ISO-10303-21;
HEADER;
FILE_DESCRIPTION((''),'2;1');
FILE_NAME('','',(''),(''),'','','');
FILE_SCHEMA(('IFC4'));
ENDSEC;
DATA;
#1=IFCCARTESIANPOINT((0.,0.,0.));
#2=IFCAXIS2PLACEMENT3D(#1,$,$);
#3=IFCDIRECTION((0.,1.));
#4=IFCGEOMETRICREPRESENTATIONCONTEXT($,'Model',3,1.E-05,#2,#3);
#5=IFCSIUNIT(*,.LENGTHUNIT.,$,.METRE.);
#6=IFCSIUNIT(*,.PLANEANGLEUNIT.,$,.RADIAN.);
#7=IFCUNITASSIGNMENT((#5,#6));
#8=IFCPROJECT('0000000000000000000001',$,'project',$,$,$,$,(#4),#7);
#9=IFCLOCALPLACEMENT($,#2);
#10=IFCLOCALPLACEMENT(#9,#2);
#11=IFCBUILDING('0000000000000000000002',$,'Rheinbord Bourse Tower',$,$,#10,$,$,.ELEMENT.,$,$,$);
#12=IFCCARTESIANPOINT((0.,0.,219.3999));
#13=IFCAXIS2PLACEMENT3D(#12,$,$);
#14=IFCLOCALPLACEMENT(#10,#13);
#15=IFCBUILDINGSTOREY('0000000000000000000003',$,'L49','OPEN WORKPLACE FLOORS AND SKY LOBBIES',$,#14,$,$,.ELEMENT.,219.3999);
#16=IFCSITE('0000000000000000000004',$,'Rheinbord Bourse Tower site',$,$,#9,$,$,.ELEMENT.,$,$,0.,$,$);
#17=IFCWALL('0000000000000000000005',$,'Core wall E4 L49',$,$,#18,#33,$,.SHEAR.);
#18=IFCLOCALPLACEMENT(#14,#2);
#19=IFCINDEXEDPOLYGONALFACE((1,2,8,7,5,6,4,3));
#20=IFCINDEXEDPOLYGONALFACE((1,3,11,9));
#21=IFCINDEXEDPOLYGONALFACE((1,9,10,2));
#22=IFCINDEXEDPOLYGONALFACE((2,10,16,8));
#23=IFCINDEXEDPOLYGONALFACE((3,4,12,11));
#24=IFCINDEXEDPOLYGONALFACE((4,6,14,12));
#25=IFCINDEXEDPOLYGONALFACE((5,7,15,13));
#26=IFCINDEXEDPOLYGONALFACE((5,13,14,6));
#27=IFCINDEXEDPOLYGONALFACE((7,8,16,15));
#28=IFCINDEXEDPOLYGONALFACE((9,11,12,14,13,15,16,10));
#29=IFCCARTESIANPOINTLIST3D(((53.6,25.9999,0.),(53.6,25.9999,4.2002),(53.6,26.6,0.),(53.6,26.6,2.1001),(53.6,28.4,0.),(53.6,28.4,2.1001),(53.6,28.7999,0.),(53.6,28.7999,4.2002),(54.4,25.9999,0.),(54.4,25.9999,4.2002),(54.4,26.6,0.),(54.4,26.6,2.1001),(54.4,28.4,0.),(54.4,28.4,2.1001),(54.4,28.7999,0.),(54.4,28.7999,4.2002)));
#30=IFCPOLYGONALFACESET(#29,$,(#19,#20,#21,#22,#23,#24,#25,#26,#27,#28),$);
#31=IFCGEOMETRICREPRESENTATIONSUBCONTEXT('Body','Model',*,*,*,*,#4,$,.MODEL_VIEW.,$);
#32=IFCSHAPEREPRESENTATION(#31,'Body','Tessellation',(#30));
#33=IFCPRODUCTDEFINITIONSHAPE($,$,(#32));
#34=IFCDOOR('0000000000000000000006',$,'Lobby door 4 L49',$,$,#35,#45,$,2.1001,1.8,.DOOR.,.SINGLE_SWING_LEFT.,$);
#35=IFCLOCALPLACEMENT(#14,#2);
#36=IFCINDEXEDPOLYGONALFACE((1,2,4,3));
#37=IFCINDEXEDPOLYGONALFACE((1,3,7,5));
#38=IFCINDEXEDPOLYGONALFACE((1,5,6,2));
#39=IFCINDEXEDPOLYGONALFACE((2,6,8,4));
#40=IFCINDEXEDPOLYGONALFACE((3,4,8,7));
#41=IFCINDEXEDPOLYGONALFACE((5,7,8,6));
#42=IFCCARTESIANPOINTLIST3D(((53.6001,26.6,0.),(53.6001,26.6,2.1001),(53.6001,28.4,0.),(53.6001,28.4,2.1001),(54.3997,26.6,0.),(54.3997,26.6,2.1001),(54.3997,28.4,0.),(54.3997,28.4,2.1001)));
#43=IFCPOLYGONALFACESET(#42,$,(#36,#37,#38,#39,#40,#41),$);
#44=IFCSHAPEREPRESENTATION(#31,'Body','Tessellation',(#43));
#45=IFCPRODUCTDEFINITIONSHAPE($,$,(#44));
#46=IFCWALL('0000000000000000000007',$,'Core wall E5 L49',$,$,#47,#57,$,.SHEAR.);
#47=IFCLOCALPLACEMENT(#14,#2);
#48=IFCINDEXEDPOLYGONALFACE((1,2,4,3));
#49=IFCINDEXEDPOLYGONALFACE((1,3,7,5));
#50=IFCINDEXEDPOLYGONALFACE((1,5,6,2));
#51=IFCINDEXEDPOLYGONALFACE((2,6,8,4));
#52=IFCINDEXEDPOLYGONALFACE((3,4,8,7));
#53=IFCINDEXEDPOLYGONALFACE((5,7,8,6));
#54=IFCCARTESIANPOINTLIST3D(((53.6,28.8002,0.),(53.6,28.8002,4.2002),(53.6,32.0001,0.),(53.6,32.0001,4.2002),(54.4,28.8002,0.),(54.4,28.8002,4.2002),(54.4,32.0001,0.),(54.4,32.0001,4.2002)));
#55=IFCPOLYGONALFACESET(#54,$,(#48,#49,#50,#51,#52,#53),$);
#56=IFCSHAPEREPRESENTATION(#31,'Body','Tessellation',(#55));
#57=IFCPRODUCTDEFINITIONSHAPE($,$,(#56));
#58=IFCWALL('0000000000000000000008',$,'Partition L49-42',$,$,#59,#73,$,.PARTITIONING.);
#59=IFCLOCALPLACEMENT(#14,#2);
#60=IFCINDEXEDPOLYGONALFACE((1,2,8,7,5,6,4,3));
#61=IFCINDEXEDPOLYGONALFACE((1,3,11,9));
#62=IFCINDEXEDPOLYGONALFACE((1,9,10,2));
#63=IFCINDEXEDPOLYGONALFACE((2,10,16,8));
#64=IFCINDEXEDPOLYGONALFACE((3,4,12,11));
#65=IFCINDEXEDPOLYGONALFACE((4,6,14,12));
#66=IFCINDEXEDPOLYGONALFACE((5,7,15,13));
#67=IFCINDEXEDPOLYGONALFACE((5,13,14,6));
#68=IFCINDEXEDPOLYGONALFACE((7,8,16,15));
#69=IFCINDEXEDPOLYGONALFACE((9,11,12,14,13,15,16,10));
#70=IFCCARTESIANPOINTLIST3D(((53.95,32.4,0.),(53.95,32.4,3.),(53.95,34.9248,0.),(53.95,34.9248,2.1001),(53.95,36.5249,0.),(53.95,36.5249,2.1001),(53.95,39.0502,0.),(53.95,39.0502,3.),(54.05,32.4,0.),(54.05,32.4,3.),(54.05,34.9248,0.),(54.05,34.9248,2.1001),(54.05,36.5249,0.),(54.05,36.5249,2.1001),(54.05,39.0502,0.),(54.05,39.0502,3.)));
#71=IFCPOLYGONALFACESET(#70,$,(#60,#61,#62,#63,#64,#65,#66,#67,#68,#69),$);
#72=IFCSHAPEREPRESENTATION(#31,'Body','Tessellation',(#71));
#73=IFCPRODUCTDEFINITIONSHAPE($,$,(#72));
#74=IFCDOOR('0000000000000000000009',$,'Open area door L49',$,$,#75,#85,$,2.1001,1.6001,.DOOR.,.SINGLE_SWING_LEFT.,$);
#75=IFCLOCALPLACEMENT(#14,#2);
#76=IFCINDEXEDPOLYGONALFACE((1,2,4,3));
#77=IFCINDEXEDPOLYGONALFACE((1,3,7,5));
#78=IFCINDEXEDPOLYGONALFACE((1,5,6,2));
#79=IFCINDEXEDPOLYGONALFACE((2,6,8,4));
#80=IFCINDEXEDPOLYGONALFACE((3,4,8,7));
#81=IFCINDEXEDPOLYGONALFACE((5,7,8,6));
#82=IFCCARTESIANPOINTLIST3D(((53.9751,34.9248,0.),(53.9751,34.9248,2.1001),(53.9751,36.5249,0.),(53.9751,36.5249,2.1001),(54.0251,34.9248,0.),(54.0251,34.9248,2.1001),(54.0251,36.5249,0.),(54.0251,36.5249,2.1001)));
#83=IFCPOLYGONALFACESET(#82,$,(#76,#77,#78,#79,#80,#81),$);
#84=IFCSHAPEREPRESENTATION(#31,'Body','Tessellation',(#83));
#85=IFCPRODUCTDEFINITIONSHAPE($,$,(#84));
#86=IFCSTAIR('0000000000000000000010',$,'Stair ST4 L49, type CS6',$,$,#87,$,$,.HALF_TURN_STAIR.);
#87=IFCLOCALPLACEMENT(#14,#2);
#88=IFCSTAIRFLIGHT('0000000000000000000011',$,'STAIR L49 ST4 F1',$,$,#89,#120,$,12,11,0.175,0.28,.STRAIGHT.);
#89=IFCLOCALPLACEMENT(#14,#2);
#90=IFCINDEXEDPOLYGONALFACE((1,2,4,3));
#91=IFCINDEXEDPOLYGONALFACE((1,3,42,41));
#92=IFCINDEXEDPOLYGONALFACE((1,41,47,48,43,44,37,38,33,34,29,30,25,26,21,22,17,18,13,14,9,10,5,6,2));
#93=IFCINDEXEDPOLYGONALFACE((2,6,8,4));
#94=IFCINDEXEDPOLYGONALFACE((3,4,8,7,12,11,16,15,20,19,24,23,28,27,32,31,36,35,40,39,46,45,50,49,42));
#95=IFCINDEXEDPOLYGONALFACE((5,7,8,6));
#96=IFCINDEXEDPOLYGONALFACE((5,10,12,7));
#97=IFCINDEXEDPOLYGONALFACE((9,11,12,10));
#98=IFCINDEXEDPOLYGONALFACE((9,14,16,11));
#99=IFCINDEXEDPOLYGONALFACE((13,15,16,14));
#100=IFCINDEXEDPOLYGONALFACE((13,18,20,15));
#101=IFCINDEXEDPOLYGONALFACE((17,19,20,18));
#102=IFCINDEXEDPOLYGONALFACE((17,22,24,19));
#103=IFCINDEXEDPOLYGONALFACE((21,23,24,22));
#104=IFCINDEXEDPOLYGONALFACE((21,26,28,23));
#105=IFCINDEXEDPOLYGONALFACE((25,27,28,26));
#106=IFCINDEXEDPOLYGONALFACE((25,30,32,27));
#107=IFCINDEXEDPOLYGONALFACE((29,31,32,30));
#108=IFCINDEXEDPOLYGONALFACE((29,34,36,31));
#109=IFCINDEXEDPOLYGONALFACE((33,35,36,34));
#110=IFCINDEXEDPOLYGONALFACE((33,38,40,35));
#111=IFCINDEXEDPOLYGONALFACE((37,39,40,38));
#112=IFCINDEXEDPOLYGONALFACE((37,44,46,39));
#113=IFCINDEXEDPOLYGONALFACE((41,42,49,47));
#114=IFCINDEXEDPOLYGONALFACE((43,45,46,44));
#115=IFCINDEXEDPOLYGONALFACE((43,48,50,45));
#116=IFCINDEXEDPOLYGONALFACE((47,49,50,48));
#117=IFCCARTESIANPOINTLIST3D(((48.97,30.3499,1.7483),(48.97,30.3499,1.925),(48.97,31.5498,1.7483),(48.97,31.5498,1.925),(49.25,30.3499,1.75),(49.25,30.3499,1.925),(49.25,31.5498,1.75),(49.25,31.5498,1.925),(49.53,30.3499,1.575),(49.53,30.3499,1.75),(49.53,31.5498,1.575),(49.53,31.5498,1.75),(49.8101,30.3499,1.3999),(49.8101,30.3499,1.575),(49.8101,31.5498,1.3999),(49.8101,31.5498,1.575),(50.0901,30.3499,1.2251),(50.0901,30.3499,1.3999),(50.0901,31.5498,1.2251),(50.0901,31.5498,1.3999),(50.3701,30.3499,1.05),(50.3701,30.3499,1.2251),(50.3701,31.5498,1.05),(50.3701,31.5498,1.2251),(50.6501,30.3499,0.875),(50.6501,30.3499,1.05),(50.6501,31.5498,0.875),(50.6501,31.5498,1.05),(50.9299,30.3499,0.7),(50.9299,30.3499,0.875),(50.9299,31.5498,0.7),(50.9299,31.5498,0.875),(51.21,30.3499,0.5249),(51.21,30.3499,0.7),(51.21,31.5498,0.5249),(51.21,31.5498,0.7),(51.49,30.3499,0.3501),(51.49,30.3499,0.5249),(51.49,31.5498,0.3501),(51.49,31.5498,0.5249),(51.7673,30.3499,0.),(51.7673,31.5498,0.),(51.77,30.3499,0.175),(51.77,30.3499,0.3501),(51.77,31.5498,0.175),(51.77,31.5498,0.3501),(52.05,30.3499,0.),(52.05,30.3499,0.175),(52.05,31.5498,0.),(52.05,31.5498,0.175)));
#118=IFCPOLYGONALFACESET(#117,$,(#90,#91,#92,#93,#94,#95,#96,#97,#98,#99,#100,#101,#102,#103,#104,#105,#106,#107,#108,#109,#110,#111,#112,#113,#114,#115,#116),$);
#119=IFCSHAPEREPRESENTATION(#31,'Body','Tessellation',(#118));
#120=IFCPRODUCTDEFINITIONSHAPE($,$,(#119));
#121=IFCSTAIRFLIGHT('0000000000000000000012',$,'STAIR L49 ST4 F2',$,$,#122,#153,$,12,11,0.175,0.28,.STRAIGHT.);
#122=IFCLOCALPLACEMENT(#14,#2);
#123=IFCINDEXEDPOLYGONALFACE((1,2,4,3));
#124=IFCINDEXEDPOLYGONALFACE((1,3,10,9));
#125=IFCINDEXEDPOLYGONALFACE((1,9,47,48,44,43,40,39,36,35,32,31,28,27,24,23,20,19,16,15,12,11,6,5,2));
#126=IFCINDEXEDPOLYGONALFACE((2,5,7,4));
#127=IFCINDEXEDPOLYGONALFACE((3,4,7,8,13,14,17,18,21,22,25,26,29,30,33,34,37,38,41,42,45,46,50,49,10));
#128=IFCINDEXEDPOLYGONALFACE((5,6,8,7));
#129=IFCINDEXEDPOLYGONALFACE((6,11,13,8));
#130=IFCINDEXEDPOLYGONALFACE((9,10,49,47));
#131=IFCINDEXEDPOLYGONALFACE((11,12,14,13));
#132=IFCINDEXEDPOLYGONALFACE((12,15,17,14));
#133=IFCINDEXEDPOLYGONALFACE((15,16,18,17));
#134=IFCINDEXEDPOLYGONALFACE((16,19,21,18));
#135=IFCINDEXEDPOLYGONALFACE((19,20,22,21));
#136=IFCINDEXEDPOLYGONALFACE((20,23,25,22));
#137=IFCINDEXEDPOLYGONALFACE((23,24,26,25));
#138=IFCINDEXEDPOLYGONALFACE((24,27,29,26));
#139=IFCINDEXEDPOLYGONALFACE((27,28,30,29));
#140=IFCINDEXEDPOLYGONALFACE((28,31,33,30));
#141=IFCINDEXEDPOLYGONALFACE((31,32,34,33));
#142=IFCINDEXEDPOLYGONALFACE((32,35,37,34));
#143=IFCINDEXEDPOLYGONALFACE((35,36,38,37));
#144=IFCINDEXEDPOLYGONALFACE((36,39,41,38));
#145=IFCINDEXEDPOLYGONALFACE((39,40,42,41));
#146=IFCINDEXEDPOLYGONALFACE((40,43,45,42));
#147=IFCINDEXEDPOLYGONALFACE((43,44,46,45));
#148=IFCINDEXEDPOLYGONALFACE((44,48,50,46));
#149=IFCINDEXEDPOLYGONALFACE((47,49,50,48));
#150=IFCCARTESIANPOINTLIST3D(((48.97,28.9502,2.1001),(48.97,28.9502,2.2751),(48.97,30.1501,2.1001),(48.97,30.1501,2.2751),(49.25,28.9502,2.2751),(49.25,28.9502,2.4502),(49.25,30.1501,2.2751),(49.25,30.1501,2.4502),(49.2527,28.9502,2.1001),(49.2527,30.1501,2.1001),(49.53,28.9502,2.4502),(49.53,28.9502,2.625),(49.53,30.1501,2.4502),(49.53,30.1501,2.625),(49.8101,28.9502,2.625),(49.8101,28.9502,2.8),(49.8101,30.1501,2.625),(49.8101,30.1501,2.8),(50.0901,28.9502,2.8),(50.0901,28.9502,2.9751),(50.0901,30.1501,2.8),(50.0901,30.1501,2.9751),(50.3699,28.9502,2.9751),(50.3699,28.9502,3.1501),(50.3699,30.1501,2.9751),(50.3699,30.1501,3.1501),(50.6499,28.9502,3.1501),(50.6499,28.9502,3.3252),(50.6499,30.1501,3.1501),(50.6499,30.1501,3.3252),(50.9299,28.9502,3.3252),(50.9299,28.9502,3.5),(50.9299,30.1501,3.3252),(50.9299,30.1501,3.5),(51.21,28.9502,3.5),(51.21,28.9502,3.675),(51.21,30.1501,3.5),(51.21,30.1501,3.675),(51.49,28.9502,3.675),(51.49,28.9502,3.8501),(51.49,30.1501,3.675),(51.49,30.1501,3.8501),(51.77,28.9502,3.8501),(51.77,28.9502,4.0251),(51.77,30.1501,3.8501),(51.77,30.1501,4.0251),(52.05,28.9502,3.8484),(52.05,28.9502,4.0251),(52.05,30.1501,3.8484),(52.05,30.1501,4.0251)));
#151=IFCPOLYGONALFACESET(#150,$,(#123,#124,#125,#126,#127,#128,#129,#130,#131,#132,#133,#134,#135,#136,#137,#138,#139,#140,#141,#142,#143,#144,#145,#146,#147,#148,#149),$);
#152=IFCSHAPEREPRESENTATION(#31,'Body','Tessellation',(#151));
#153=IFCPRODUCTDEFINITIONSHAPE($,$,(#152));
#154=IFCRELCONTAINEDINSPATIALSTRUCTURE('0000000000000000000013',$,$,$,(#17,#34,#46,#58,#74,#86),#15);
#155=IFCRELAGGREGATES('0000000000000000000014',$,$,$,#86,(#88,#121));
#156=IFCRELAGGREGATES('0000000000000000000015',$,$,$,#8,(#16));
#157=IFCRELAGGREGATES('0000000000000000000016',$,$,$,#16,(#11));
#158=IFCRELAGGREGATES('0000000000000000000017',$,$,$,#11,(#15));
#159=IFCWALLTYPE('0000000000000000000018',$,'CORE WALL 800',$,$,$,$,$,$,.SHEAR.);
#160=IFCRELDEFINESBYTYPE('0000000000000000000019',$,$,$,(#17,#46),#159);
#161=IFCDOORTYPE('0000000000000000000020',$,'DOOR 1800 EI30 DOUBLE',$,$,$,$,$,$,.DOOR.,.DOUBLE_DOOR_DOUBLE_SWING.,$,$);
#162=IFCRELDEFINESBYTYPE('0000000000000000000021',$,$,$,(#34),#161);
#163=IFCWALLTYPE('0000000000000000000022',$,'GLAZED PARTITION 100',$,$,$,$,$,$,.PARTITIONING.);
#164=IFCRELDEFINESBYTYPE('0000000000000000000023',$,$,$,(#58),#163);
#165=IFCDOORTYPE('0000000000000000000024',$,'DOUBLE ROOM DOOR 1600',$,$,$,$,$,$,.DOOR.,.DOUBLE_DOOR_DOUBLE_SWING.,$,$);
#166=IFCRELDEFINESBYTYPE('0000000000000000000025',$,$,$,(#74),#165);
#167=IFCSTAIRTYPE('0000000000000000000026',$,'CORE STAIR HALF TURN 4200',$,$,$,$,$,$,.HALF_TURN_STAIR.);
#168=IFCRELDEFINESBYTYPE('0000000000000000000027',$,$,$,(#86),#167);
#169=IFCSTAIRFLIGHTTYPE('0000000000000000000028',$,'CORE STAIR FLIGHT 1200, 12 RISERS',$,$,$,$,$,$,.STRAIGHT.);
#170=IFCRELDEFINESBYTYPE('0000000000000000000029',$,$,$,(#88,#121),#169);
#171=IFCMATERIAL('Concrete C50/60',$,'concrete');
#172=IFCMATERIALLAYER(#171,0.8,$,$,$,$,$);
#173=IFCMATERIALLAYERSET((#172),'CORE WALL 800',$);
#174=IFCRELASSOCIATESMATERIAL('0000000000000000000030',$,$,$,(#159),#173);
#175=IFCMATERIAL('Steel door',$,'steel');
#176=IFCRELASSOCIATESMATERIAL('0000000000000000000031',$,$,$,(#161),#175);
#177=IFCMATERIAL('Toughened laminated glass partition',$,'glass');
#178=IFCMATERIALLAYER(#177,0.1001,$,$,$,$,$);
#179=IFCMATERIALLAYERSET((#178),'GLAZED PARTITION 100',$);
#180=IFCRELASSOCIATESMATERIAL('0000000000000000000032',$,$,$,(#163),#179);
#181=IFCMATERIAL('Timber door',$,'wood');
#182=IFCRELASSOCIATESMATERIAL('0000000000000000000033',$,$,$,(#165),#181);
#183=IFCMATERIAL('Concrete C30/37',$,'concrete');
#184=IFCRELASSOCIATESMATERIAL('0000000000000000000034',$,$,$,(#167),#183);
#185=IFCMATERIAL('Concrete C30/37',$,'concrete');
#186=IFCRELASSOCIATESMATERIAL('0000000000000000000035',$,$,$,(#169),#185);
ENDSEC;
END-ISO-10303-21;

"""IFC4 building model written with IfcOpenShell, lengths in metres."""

from ifc_helpers import new_model, si_unit, direction, frame, frame_2d, origin, place, context, subcontext, project, spatial, polyline, rectangle, outline, extrude, material, layer, layer_set, type_object, element, fill, aggregate, save


model = new_model("IFC4")

# Units and contexts
model_context = context("Model", 3, precision=1e-05, world=origin(), true_north=direction((0.0, 1.0)))
body_context = subcontext(model_context, "Body", "Model", "MODEL_VIEW")
ifc_project = project(units=[si_unit("LENGTHUNIT", "METRE"), si_unit("PLANEANGLEUNIT", "RADIAN")], contexts=[model_context])

# Site, building, storey
site_placement = place(None, origin())
site = spatial("IfcSite", under=ifc_project, at=site_placement, Name="Rheinbord Bourse Tower site", CompositionType="ELEMENT", RefElevation=0.0)
building_placement = place(site_placement, origin())
building = spatial("IfcBuilding", under=site, at=building_placement, Name="Rheinbord Bourse Tower", CompositionType="ELEMENT")
storey_placement = place(building_placement, frame((0.0, 0.0, 219.3999)))
storey = spatial("IfcBuildingStorey", under=building, at=storey_placement, Name="L49", Description="OPEN WORKPLACE FLOORS AND SKY LOBBIES", CompositionType="ELEMENT", Elevation=219.3999)

# Shared definitions
ifc_material_1 = material(Name="Concrete C50/60", Category="concrete")
ifc_layer_1 = layer(ifc_material_1, 0.8)
ifc_layer_set_1 = layer_set([ifc_layer_1], Name="CORE WALL 800")
wall_type_1 = type_object("IfcWallType", Name="CORE WALL 800", PredefinedType="SHEAR", material=ifc_layer_set_1)

# Wall, opening, door
wall_1_placement = place(storey_placement, frame((54.0, 26.0, 0.0), z_axis=(0.0, 0.0, 1.0), x_axis=(0.0, 1.0, 0.0)))
wall_1 = element("IfcWall", 1, at=wall_1_placement, inside=storey, type_object=wall_type_1, Name="Core wall E4 L49", PredefinedType="SHEAR", context=body_context, shape_type="SweptSolid", body=[
    extrude(rectangle(XDim=2.8, YDim=0.8, at=frame_2d((1.3999, 0.0))), origin(), (0.0, 0.0, 1.0), 4.2002),
])
opening_1_placement = place(wall_1_placement, frame((0.6001, 0.0, 0.0)))
opening_1 = element("IfcOpeningElement", 2, at=opening_1_placement, cuts=wall_1, PredefinedType="OPENING", context=body_context, shape_type="SweptSolid", body=[
    extrude(rectangle(XDim=1.8, YDim=2.1001, at=frame_2d((0.8999, 1.05))), frame((0.0, 0.4099, 0.0), z_axis=(0.0, -1.0, 0.0), x_axis=(1.0, 0.0, 0.0)), (0.0, 0.0, 1.0), 0.8201),
])
ifc_material_2 = material(Name="Steel door", Category="steel")
door_type_1 = type_object("IfcDoorType", Name="DOOR 1800 EI30 DOUBLE", OperationType="DOUBLE_DOOR_DOUBLE_SWING", PredefinedType="DOOR", material=ifc_material_2)
door_1_placement = place(opening_1_placement, origin())
door_1 = element("IfcDoor", 3, at=door_1_placement, inside=storey, type_object=door_type_1, Name="Lobby door 4 L49", OperationType="SINGLE_SWING_LEFT", OverallHeight=2.1001, OverallWidth=1.8, PredefinedType="DOOR", context=body_context, shape_type="SweptSolid", body=[
    extrude(rectangle(XDim=1.8, YDim=2.1001, at=frame_2d((0.8999, 1.05))), frame((0.0, 0.3999, 0.0), z_axis=(0.0, -1.0, 0.0), x_axis=(1.0, 0.0, 0.0)), (0.0, 0.0, 1.0), 0.7996),
])
fill(opening_1, door_1)

# Wall
wall_2_placement = place(storey_placement, frame((54.0, 28.8, 0.0), z_axis=(0.0, 0.0, 1.0), x_axis=(0.0, 1.0, 0.0)))
element("IfcWall", 4, at=wall_2_placement, inside=storey, type_object=wall_type_1, Name="Core wall E5 L49", PredefinedType="SHEAR", context=body_context, shape_type="SweptSolid", body=[
    extrude(rectangle(XDim=3.2, YDim=0.8, at=frame_2d((1.6001, 0.0))), origin(), (0.0, 0.0, 1.0), 4.2002),
])

# Wall, opening, door
ifc_material_3 = material(Name="Toughened laminated glass partition", Category="glass")
ifc_layer_2 = layer(ifc_material_3, 0.1001)
ifc_layer_set_2 = layer_set([ifc_layer_2], Name="GLAZED PARTITION 100")
wall_type_2 = type_object("IfcWallType", Name="GLAZED PARTITION 100", PredefinedType="PARTITIONING", material=ifc_layer_set_2)
wall_3_placement = place(storey_placement, frame((54.0, 32.3999, 0.0), z_axis=(0.0, 0.0, 1.0), x_axis=(0.0, 1.0, 0.0)))
wall_3 = element("IfcWall", 5, at=wall_3_placement, inside=storey, type_object=wall_type_2, Name="Partition L49-42", PredefinedType="PARTITIONING", context=body_context, shape_type="SweptSolid", body=[
    extrude(rectangle(XDim=6.6501, YDim=0.1001, at=frame_2d((3.3252, 0.0))), origin(), (0.0, 0.0, 1.0), 3.0),
])
opening_2_placement = place(wall_3_placement, frame((2.5249, 0.0, 0.0)))
opening_2 = element("IfcOpeningElement", 6, at=opening_2_placement, cuts=wall_3, PredefinedType="OPENING", context=body_context, shape_type="SweptSolid", body=[
    extrude(rectangle(XDim=1.6001, YDim=2.1001, at=frame_2d((0.8, 1.05))), frame((0.0, 0.0601, 0.0), z_axis=(0.0, -1.0, 0.0), x_axis=(1.0, 0.0, 0.0)), (0.0, 0.0, 1.0), 0.1201),
])
ifc_material_4 = material(Name="Timber door", Category="wood")
door_type_2 = type_object("IfcDoorType", Name="DOUBLE ROOM DOOR 1600", OperationType="DOUBLE_DOOR_DOUBLE_SWING", PredefinedType="DOOR", material=ifc_material_4)
door_2_placement = place(opening_2_placement, origin())
door_2 = element("IfcDoor", 7, at=door_2_placement, inside=storey, type_object=door_type_2, Name="Open area door L49", OperationType="SINGLE_SWING_LEFT", OverallHeight=2.1001, OverallWidth=1.6001, PredefinedType="DOOR", context=body_context, shape_type="SweptSolid", body=[
    extrude(rectangle(XDim=1.6001, YDim=2.1001, at=frame_2d((0.8, 1.05))), frame((0.0, 0.0249, 0.0), z_axis=(0.0, -1.0, 0.0), x_axis=(1.0, 0.0, 0.0)), (0.0, 0.0, 1.0), 0.05),
])
fill(opening_2, door_2)

# Stair, stair flights
ifc_material_5 = material(Name="Concrete C30/37", Category="concrete")
stair_type = type_object("IfcStairType", Name="CORE STAIR HALF TURN 4200", PredefinedType="HALF_TURN_STAIR", material=ifc_material_5)
stair_placement = place(storey_placement, origin())
stair = element("IfcStair", 8, at=stair_placement, inside=storey, type_object=stair_type, Name="Stair ST4 L49, type CS6", PredefinedType="HALF_TURN_STAIR")
ifc_material_6 = material(Name="Concrete C30/37", Category="concrete")
stair_flight_type = type_object("IfcStairFlightType", Name="CORE STAIR FLIGHT 1200, 12 RISERS", PredefinedType="STRAIGHT", material=ifc_material_6)
stair_flight_1_placement = place(storey_placement, frame((52.05, 30.95, 0.0), z_axis=(0.0, 0.0, 1.0), x_axis=(-1.0, 0.0, 0.0)))
stair_flight_1 = element("IfcStairFlight", 9, at=stair_flight_1_placement, type_object=stair_flight_type, Name="STAIR L49 ST4 F1", NumberOfRisers=12, NumberOfTreads=11, PredefinedType="STRAIGHT", RiserHeight=0.175, TreadLength=0.28, context=body_context, shape_type="SweptSolid", body=[
    extrude(outline(polyline([(0.0, 0.0), (0.0, 0.175), (0.28, 0.175), (0.28, 0.3501), (0.5601, 0.3501), (0.5601, 0.5249), (0.8401, 0.5249), (0.8401, 0.7), (1.1201, 0.7), (1.1201, 0.875), (1.3999, 0.875), (1.3999, 1.05), (1.6799, 1.05), (1.6799, 1.2251), (1.96, 1.2251), (1.96, 1.3999), (2.24, 1.3999), (2.24, 1.575), (2.52, 1.575), (2.52, 1.75), (2.8, 1.75), (2.8, 1.925), (3.0801, 1.925), (3.0801, 2.1001), (3.0801, 1.7483), (0.2827, 0.0), (0.0, 0.0)])), frame((0.0, 0.6001, 0.0), z_axis=(0.0, -1.0, 0.0), x_axis=(1.0, 0.0, 0.0)), (0.0, 0.0, 1.0), 1.2),
])
stair_flight_2_placement = place(storey_placement, frame((48.97, 29.55, 2.1001), z_axis=(0.0, 0.0, 1.0), x_axis=(1.0, 0.0, 0.0)))
stair_flight_2 = element("IfcStairFlight", 10, at=stair_flight_2_placement, type_object=stair_flight_type, Name="STAIR L49 ST4 F2", NumberOfRisers=12, NumberOfTreads=11, PredefinedType="STRAIGHT", RiserHeight=0.175, TreadLength=0.28, context=body_context, shape_type="SweptSolid", body=[
    extrude(outline(polyline([(0.0, 0.0), (0.0, 0.175), (0.28, 0.175), (0.28, 0.3501), (0.5601, 0.3501), (0.5601, 0.5249), (0.8401, 0.5249), (0.8401, 0.7), (1.1201, 0.7), (1.1201, 0.875), (1.3999, 0.875), (1.3999, 1.05), (1.6799, 1.05), (1.6799, 1.2251), (1.96, 1.2251), (1.96, 1.3999), (2.24, 1.3999), (2.24, 1.575), (2.52, 1.575), (2.52, 1.75), (2.8, 1.75), (2.8, 1.925), (3.0801, 1.925), (3.0801, 2.1001), (3.0801, 1.7483), (0.2827, 0.0), (0.0, 0.0)])), frame((0.0, 0.6001, 0.0), z_axis=(0.0, -1.0, 0.0), x_axis=(1.0, 0.0, 0.0)), (0.0, 0.0, 1.0), 1.2),
])
aggregate(stair, [stair_flight_1, stair_flight_2])

save(model, "model.ifc")
